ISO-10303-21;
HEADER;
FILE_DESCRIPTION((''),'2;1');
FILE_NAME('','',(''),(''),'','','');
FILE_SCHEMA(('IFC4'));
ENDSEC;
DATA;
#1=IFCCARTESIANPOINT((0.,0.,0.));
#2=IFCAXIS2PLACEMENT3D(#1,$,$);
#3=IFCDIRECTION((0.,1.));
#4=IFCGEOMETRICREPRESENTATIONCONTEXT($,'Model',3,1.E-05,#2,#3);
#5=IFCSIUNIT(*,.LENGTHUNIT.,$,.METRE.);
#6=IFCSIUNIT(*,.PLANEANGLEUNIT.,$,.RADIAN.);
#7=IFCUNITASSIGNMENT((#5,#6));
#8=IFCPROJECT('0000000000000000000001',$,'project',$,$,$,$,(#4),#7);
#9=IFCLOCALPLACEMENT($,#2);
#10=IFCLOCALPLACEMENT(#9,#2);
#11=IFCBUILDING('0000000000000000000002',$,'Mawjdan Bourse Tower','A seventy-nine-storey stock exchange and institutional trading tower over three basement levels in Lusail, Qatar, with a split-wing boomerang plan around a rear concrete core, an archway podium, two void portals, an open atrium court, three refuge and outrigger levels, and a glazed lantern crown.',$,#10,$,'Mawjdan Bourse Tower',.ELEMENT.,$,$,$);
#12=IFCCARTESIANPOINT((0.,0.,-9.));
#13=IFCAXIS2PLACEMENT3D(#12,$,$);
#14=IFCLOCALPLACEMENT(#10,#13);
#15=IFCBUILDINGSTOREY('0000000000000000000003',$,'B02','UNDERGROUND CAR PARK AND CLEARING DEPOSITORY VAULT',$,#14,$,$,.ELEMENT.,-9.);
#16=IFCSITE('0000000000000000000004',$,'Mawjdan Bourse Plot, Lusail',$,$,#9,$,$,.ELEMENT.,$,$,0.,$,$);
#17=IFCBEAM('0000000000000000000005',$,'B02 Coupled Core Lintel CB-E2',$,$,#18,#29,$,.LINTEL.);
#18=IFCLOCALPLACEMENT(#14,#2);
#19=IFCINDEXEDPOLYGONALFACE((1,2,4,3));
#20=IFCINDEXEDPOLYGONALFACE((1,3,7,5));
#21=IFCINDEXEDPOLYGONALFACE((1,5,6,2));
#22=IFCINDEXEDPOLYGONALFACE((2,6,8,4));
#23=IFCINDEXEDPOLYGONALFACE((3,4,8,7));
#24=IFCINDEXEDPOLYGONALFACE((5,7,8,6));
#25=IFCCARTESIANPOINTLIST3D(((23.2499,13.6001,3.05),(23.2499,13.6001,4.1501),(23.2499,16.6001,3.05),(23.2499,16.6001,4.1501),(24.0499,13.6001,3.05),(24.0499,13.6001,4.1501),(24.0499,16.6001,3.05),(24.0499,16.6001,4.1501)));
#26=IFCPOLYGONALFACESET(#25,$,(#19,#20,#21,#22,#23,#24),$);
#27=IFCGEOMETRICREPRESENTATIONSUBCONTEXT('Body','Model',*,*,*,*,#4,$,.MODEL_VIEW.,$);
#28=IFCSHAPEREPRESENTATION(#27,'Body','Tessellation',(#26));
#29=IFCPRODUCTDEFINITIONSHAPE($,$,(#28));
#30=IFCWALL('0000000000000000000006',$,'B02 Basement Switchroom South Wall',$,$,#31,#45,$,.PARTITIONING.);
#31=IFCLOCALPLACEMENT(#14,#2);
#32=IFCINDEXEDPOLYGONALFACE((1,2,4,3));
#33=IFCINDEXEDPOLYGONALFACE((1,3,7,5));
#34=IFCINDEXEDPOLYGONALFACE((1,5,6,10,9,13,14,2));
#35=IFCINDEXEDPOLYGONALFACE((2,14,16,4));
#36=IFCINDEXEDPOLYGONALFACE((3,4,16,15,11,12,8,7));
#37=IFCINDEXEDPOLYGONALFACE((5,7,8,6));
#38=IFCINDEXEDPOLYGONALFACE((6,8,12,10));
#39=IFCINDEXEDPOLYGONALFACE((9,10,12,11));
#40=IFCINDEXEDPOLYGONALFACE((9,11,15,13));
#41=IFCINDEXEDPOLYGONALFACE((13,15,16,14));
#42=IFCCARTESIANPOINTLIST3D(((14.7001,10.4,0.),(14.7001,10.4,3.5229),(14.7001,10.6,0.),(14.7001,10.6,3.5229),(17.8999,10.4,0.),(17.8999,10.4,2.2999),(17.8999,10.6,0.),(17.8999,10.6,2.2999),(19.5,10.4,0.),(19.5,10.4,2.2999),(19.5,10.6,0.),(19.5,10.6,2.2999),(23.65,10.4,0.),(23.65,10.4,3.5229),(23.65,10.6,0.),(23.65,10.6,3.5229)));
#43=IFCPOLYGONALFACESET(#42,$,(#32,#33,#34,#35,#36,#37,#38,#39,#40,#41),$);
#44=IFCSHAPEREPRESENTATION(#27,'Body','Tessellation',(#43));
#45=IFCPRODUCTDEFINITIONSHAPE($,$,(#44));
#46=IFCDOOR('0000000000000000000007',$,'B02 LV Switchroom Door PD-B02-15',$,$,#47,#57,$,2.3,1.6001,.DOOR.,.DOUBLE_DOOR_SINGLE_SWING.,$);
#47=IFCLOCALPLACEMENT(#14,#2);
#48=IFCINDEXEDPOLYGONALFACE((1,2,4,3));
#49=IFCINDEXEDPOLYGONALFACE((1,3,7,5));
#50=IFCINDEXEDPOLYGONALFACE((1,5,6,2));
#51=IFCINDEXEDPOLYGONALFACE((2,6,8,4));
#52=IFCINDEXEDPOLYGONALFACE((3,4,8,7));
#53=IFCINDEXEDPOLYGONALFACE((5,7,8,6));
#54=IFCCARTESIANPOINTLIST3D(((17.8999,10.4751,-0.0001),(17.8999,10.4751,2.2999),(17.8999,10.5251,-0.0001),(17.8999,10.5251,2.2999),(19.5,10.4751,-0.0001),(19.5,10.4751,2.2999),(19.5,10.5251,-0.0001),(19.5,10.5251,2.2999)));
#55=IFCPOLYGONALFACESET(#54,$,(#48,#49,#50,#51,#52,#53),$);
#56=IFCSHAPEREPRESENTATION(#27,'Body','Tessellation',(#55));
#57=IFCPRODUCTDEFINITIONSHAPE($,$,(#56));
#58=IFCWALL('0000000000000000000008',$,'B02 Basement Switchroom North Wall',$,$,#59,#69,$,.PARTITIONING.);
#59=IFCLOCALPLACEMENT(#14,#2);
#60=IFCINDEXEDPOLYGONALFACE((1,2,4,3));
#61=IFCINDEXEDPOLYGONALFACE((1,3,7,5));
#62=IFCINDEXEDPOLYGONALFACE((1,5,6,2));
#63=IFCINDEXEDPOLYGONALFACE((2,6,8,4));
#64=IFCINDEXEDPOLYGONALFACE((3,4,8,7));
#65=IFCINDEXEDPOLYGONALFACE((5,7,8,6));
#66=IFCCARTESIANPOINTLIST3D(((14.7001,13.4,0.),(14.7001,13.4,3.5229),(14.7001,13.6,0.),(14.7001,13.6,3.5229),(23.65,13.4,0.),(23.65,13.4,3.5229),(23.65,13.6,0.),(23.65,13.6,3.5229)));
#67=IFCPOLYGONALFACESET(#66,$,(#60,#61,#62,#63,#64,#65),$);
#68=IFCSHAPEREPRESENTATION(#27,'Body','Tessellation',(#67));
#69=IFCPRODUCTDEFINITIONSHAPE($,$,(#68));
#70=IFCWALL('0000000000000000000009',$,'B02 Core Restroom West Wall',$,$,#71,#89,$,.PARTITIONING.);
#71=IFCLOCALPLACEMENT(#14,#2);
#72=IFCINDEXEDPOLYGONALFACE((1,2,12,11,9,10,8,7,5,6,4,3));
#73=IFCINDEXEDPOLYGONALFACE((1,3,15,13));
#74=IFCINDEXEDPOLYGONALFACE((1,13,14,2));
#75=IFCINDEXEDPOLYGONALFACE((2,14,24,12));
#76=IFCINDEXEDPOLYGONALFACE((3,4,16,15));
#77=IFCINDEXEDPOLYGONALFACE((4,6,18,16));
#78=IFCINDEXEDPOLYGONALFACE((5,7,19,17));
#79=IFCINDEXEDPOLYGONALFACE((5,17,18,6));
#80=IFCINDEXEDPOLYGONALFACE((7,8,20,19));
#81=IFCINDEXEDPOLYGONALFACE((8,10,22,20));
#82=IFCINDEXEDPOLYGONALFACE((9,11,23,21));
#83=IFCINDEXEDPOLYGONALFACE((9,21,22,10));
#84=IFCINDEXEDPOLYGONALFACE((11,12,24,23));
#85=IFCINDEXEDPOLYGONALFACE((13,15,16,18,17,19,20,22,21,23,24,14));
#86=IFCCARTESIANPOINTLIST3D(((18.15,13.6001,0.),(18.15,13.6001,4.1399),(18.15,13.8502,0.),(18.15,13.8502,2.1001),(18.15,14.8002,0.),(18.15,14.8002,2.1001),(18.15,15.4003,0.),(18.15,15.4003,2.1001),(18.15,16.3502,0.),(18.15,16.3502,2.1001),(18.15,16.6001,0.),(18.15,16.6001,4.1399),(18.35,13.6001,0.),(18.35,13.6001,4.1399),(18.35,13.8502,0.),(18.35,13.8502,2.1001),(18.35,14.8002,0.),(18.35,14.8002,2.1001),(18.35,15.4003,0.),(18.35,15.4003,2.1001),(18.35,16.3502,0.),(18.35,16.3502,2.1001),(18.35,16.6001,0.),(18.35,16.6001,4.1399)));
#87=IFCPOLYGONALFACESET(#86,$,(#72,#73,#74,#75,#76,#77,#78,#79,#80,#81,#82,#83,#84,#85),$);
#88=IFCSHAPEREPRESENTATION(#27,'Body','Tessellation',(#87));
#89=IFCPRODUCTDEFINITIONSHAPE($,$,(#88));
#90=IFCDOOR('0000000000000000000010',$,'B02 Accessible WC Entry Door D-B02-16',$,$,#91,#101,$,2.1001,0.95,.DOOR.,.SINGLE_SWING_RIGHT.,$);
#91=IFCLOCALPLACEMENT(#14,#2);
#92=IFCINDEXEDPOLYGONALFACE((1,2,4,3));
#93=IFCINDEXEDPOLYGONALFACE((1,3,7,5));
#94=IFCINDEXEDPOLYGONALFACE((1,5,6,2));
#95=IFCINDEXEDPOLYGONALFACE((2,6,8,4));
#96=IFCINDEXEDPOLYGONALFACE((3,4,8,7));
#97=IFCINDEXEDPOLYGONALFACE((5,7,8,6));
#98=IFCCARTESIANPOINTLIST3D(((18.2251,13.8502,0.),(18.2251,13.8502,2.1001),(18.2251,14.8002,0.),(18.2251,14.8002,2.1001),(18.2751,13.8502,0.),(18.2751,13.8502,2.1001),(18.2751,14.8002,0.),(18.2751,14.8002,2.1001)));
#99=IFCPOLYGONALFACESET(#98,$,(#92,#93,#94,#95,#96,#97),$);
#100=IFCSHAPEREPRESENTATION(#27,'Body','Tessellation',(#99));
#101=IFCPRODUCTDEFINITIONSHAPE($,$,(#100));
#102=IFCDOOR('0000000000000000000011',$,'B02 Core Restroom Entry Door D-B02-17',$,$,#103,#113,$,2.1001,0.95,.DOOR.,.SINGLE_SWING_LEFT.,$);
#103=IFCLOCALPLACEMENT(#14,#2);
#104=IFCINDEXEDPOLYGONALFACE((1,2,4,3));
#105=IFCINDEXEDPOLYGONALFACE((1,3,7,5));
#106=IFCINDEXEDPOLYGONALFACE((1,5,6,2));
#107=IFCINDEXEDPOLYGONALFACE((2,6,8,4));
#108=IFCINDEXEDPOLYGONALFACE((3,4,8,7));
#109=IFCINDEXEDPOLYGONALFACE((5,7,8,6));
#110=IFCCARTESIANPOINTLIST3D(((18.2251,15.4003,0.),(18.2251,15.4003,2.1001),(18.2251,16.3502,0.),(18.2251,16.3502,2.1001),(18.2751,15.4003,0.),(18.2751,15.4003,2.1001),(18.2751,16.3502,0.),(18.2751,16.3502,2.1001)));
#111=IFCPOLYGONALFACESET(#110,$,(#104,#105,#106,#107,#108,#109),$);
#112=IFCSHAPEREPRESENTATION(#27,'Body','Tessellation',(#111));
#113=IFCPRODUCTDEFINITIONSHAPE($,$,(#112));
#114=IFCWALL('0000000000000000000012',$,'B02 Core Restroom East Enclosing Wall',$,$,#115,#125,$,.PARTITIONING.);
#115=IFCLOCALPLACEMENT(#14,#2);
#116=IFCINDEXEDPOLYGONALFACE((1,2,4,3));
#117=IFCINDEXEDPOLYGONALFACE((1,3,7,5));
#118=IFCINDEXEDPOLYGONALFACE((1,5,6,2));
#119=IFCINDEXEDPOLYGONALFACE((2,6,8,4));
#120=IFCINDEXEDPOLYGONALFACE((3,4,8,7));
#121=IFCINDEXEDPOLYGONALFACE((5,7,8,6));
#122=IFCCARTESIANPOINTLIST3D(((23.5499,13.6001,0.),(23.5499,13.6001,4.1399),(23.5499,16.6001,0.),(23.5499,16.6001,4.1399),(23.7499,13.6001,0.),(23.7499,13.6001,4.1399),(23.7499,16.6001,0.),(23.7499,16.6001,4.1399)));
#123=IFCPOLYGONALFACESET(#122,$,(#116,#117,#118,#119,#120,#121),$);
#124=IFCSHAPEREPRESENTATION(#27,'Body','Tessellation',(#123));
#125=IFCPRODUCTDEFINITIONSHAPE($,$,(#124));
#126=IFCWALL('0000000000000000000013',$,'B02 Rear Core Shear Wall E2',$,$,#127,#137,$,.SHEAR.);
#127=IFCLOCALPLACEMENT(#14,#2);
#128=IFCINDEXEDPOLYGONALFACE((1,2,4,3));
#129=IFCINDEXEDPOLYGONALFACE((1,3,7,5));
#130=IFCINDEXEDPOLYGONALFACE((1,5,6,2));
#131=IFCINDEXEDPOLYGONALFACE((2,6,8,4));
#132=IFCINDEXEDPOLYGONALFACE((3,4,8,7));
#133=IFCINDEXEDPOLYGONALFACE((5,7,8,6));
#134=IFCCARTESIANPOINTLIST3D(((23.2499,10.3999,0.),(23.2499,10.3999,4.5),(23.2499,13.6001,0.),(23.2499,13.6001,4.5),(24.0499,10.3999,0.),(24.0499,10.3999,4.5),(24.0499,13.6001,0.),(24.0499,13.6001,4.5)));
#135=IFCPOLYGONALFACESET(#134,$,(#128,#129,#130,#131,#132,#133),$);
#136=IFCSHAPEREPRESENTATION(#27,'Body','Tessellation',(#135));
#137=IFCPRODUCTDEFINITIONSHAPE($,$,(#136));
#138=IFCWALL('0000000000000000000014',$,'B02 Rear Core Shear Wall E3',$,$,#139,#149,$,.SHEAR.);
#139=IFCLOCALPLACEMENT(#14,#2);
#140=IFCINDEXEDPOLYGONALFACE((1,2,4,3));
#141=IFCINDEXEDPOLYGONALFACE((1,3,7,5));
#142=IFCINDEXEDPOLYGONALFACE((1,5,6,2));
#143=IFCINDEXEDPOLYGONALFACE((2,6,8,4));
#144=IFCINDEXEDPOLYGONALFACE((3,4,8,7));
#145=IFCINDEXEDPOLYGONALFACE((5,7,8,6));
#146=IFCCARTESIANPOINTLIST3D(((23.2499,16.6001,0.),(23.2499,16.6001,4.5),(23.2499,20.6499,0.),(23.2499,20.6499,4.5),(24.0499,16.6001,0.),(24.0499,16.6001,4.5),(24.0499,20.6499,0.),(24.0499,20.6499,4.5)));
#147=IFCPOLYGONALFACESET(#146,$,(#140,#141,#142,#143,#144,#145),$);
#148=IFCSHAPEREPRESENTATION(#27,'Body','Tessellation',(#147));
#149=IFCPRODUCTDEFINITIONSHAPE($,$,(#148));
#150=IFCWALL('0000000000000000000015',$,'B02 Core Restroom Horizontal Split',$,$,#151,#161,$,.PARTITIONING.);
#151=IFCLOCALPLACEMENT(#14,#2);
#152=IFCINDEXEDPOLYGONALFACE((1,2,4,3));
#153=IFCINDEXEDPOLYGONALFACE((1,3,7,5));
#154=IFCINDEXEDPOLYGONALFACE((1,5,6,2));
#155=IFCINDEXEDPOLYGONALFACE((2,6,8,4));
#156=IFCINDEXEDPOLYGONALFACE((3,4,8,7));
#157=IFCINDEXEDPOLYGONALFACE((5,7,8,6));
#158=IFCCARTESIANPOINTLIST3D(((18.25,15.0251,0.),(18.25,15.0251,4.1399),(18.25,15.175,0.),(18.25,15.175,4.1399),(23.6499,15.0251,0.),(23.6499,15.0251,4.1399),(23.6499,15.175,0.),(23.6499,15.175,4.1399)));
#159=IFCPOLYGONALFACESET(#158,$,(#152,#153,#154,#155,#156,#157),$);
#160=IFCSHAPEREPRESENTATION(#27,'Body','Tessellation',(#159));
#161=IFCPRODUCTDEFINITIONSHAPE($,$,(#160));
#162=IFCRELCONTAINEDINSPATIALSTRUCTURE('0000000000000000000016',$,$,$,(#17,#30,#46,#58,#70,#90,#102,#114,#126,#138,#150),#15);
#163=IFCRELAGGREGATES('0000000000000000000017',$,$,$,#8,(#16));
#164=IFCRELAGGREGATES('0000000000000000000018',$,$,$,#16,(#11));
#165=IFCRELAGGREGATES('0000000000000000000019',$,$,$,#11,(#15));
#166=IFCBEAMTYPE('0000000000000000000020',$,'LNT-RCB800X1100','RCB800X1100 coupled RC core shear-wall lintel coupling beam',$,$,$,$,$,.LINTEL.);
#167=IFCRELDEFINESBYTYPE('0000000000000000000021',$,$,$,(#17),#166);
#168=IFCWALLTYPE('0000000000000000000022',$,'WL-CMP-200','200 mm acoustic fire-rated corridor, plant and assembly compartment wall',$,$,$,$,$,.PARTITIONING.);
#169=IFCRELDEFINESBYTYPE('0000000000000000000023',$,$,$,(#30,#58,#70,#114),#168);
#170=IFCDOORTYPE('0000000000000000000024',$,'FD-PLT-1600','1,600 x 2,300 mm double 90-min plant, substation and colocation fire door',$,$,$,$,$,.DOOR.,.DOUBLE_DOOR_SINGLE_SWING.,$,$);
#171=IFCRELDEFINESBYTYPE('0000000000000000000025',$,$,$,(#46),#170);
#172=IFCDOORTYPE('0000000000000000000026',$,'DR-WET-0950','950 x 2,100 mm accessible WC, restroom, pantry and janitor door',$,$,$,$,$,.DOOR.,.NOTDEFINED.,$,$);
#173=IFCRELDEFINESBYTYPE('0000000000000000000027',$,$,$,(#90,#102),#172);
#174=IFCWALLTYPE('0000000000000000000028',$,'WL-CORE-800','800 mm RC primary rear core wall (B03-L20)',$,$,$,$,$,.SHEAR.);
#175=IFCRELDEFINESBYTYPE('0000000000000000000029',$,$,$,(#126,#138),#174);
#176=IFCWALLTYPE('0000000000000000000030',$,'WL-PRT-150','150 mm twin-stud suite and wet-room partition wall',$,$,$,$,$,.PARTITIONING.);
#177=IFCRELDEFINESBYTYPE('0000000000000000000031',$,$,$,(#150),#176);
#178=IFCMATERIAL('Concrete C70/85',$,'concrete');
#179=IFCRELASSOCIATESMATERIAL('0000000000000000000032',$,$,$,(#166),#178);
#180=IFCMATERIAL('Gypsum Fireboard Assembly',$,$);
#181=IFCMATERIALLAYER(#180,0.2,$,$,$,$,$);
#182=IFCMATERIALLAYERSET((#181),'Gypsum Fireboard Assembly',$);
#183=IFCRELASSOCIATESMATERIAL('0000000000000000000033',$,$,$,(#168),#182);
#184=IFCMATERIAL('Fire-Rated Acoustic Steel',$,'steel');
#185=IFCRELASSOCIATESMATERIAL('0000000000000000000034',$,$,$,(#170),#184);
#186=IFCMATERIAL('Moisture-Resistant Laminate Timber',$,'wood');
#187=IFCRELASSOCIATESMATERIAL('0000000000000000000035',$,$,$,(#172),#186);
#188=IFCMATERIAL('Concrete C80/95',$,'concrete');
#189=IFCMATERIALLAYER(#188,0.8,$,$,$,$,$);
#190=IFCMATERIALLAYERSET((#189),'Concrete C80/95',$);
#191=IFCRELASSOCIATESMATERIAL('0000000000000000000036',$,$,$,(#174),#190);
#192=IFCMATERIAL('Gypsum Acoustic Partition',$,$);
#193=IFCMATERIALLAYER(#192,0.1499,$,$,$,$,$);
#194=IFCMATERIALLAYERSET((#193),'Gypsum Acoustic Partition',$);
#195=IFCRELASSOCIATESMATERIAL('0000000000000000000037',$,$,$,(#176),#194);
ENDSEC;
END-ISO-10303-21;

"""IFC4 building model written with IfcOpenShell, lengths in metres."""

from ifc_helpers import new_model, si_unit, direction, frame, frame_2d, origin, origin_2d, place, context, subcontext, project, spatial, rectangle, extrude, material, layer, layer_set, material_profile, profile_set, type_object, element, fill, save


model = new_model("IFC4")

# Units and contexts
model_context = context("Model", 3, precision=1e-05, world=origin(), true_north=direction((0.0, 1.0)))
body_context = subcontext(model_context, "Body", "Model", "MODEL_VIEW")
ifc_project = project(units=[si_unit("LENGTHUNIT", "METRE"), si_unit("PLANEANGLEUNIT", "RADIAN")], contexts=[model_context])

# Site, building, storey
site_placement = place(None, origin())
site = spatial("IfcSite", under=ifc_project, at=site_placement, Name="Mawjdan Bourse Plot, Lusail", CompositionType="ELEMENT", RefElevation=0.0)
building_placement = place(site_placement, origin())
building = spatial("IfcBuilding", under=site, at=building_placement, Name="Mawjdan Bourse Tower", Description="A seventy-nine-storey stock exchange and institutional trading tower over three basement levels in Lusail, Qatar, with a split-wing boomerang plan around a rear concrete core, an archway podium, two void portals, an open atrium court, three refuge and outrigger levels, and a glazed lantern crown.", LongName="Mawjdan Bourse Tower", CompositionType="ELEMENT")
storey_placement = place(building_placement, frame((0.0, 0.0, -9.0)))
storey = spatial("IfcBuildingStorey", under=building, at=storey_placement, Name="B02", Description="UNDERGROUND CAR PARK AND CLEARING DEPOSITORY VAULT", CompositionType="ELEMENT", Elevation=-9.0)

# Beam
ifc_material_1 = material(Name="Concrete C70/85", Category="concrete")
ifc_material_profile_1 = material_profile(ifc_material_1, rectangle(XDim=0.8, YDim=1.1001, at=origin_2d()), Name="RCB800X1100")
ifc_profile_set_1 = profile_set([ifc_material_profile_1], Name="Concrete C70/85")
beam_type_1 = type_object("IfcBeamType", Name="LNT-RCB800X1100", Description="RCB800X1100 coupled RC core shear-wall lintel coupling beam", PredefinedType="LINTEL", material=ifc_profile_set_1)
beam_1_placement = place(storey_placement, frame((23.6499, 13.6001, 3.6001), z_axis=(0.0, 1.0, 0.0), x_axis=(-1.0, 0.0, 0.0)))
element("IfcBeam", 1, at=beam_1_placement, inside=storey, type_object=beam_type_1, Name="B02 Coupled Core Lintel CB-E2", PredefinedType="LINTEL", context=body_context, shape_type="SweptSolid", body=[
    extrude(rectangle(XDim=0.8, YDim=1.1001, at=origin_2d()), origin(), (0.0, 0.0, 1.0), 3.0),
])

# Wall, opening, door
ifc_material_2 = material(Name="Gypsum Fireboard Assembly")
ifc_layer_1 = layer(ifc_material_2, 0.2)
ifc_layer_set_1 = layer_set([ifc_layer_1], Name="Gypsum Fireboard Assembly")
wall_type_1 = type_object("IfcWallType", Name="WL-CMP-200", Description="200 mm acoustic fire-rated corridor, plant and assembly compartment wall", PredefinedType="PARTITIONING", material=ifc_layer_set_1)
wall_1_placement = place(storey_placement, frame((14.7, 10.5, 0.0), z_axis=(0.0, 0.0, 1.0), x_axis=(1.0, 0.0, 0.0)))
wall_1 = element("IfcWall", 2, at=wall_1_placement, inside=storey, type_object=wall_type_1, Name="B02 Basement Switchroom South Wall", PredefinedType="PARTITIONING", context=body_context, shape_type="SweptSolid", body=[
    extrude(rectangle(XDim=8.95, YDim=0.2, at=frame_2d((4.4751, 0.0))), origin(), (0.0, 0.0, 1.0), 3.5229),
])
opening_1_placement = place(wall_1_placement, frame((3.2, 0.0, 0.0)))
opening_1 = element("IfcOpeningElement", 3, at=opening_1_placement, cuts=wall_1, PredefinedType="OPENING", context=body_context, shape_type="SweptSolid", body=[
    extrude(rectangle(XDim=1.6001, YDim=2.3, at=frame_2d((0.8, 1.1499))), frame((0.0, 0.1099, 0.0), z_axis=(0.0, -1.0, 0.0), x_axis=(1.0, 0.0, 0.0)), (0.0, 0.0, 1.0), 0.22),
])
ifc_material_3 = material(Name="Fire-Rated Acoustic Steel", Category="steel")
door_type_1 = type_object("IfcDoorType", Name="FD-PLT-1600", Description="1,600 x 2,300 mm double 90-min plant, substation and colocation fire door", OperationType="DOUBLE_DOOR_SINGLE_SWING", PredefinedType="DOOR", material=ifc_material_3)
door_1_placement = place(opening_1_placement, frame((1.6001, 0.0, 0.0), z_axis=(0.0, 0.0, 1.0), x_axis=(-1.0, 0.0, 0.0)))
door_1 = element("IfcDoor", 4, at=door_1_placement, inside=storey, type_object=door_type_1, Name="B02 LV Switchroom Door PD-B02-15", OperationType="DOUBLE_DOOR_SINGLE_SWING", OverallHeight=2.3, OverallWidth=1.6001, PredefinedType="DOOR", context=body_context, shape_type="SweptSolid", body=[
    extrude(rectangle(XDim=1.6001, YDim=2.3, at=frame_2d((0.8, 1.1499))), frame((0.0, 0.0249, 0.0), z_axis=(0.0, -1.0, 0.0), x_axis=(1.0, 0.0, 0.0)), (0.0, 0.0, 1.0), 0.05),
])
fill(opening_1, door_1)

# Wall
wall_2_placement = place(storey_placement, frame((14.7, 13.5, 0.0), z_axis=(0.0, 0.0, 1.0), x_axis=(1.0, 0.0, 0.0)))
element("IfcWall", 5, at=wall_2_placement, inside=storey, type_object=wall_type_1, Name="B02 Basement Switchroom North Wall", PredefinedType="PARTITIONING", context=body_context, shape_type="SweptSolid", body=[
    extrude(rectangle(XDim=8.95, YDim=0.2, at=frame_2d((4.4751, 0.0))), origin(), (0.0, 0.0, 1.0), 3.5229),
])

# Wall, openings, doors
wall_3_placement = place(storey_placement, frame((18.25, 13.6001, 0.0), z_axis=(0.0, 0.0, 1.0), x_axis=(0.0, 1.0, 0.0)))
wall_3 = element("IfcWall", 6, at=wall_3_placement, inside=storey, type_object=wall_type_1, Name="B02 Core Restroom West Wall", PredefinedType="PARTITIONING", context=body_context, shape_type="SweptSolid", body=[
    extrude(rectangle(XDim=3.0, YDim=0.2, at=frame_2d((1.5, 0.0))), origin(), (0.0, 0.0, 1.0), 4.1399),
])
opening_2_placement = place(wall_3_placement, frame((0.25, 0.0, 0.0)))
opening_2 = element("IfcOpeningElement", 7, at=opening_2_placement, cuts=wall_3, PredefinedType="OPENING", context=body_context, shape_type="SweptSolid", body=[
    extrude(rectangle(XDim=0.95, YDim=2.1001, at=frame_2d((0.4751, 1.05))), frame((0.0, 0.1099, 0.0), z_axis=(0.0, -1.0, 0.0), x_axis=(1.0, 0.0, 0.0)), (0.0, 0.0, 1.0), 0.22),
])
opening_3_placement = place(wall_3_placement, frame((1.8, 0.0, 0.0)))
opening_3 = element("IfcOpeningElement", 8, at=opening_3_placement, cuts=wall_3, PredefinedType="OPENING", context=body_context, shape_type="SweptSolid", body=[
    extrude(rectangle(XDim=0.95, YDim=2.1001, at=frame_2d((0.4751, 1.05))), frame((0.0, 0.1099, 0.0), z_axis=(0.0, -1.0, 0.0), x_axis=(1.0, 0.0, 0.0)), (0.0, 0.0, 1.0), 0.22),
])
ifc_material_4 = material(Name="Moisture-Resistant Laminate Timber", Category="wood")
door_type_2 = type_object("IfcDoorType", Name="DR-WET-0950", Description="950 x 2,100 mm accessible WC, restroom, pantry and janitor door", OperationType="NOTDEFINED", PredefinedType="DOOR", material=ifc_material_4)
door_2_placement = place(opening_2_placement, origin())
door_2 = element("IfcDoor", 9, at=door_2_placement, inside=storey, type_object=door_type_2, Name="B02 Accessible WC Entry Door D-B02-16", OperationType="SINGLE_SWING_RIGHT", OverallHeight=2.1001, OverallWidth=0.95, PredefinedType="DOOR", context=body_context, shape_type="SweptSolid", body=[
    extrude(rectangle(XDim=0.95, YDim=2.1001, at=frame_2d((0.4751, 1.05))), frame((0.0, 0.0249, 0.0), z_axis=(0.0, -1.0, 0.0), x_axis=(1.0, 0.0, 0.0)), (0.0, 0.0, 1.0), 0.05),
])
fill(opening_2, door_2)
door_3_placement = place(opening_3_placement, origin())
door_3 = element("IfcDoor", 10, at=door_3_placement, inside=storey, type_object=door_type_2, Name="B02 Core Restroom Entry Door D-B02-17", OperationType="SINGLE_SWING_LEFT", OverallHeight=2.1001, OverallWidth=0.95, PredefinedType="DOOR", context=body_context, shape_type="SweptSolid", body=[
    extrude(rectangle(XDim=0.95, YDim=2.1001, at=frame_2d((0.4751, 1.05))), frame((0.0, 0.0249, 0.0), z_axis=(0.0, -1.0, 0.0), x_axis=(1.0, 0.0, 0.0)), (0.0, 0.0, 1.0), 0.05),
])
fill(opening_3, door_3)

# Walls
wall_4_placement = place(storey_placement, frame((23.6499, 13.6001, 0.0), z_axis=(0.0, 0.0, 1.0), x_axis=(0.0, 1.0, 0.0)))
element("IfcWall", 11, at=wall_4_placement, inside=storey, type_object=wall_type_1, Name="B02 Core Restroom East Enclosing Wall", PredefinedType="PARTITIONING", context=body_context, shape_type="SweptSolid", body=[
    extrude(rectangle(XDim=3.0, YDim=0.2, at=frame_2d((1.5, 0.0))), origin(), (0.0, 0.0, 1.0), 4.1399),
])
ifc_material_5 = material(Name="Concrete C80/95", Category="concrete")
ifc_layer_2 = layer(ifc_material_5, 0.8)
ifc_layer_set_2 = layer_set([ifc_layer_2], Name="Concrete C80/95")
wall_type_2 = type_object("IfcWallType", Name="WL-CORE-800", Description="800 mm RC primary rear core wall (B03-L20)", PredefinedType="SHEAR", material=ifc_layer_set_2)
wall_5_placement = place(storey_placement, frame((23.6499, 10.3999, 0.0), z_axis=(0.0, 0.0, 1.0), x_axis=(0.0, 1.0, 0.0)))
element("IfcWall", 12, at=wall_5_placement, inside=storey, type_object=wall_type_2, Name="B02 Rear Core Shear Wall E2", PredefinedType="SHEAR", context=body_context, shape_type="SweptSolid", body=[
    extrude(rectangle(XDim=3.2002, YDim=0.8, at=frame_2d((1.6001, 0.0))), origin(), (0.0, 0.0, 1.0), 4.5),
])
wall_6_placement = place(storey_placement, frame((23.6499, 16.6001, 0.0), z_axis=(0.0, 0.0, 1.0), x_axis=(0.0, 1.0, 0.0)))
element("IfcWall", 13, at=wall_6_placement, inside=storey, type_object=wall_type_2, Name="B02 Rear Core Shear Wall E3", PredefinedType="SHEAR", context=body_context, shape_type="SweptSolid", body=[
    extrude(rectangle(XDim=4.0498, YDim=0.8, at=frame_2d((2.0249, 0.0))), origin(), (0.0, 0.0, 1.0), 4.5),
])
ifc_material_6 = material(Name="Gypsum Acoustic Partition")
ifc_layer_3 = layer(ifc_material_6, 0.1499)
ifc_layer_set_3 = layer_set([ifc_layer_3], Name="Gypsum Acoustic Partition")
wall_type_3 = type_object("IfcWallType", Name="WL-PRT-150", Description="150 mm twin-stud suite and wet-room partition wall", PredefinedType="PARTITIONING", material=ifc_layer_set_3)
wall_7_placement = place(storey_placement, frame((18.25, 15.1001, 0.0), z_axis=(0.0, 0.0, 1.0), x_axis=(1.0, 0.0, 0.0)))
element("IfcWall", 14, at=wall_7_placement, inside=storey, type_object=wall_type_3, Name="B02 Core Restroom Horizontal Split", PredefinedType="PARTITIONING", context=body_context, shape_type="SweptSolid", body=[
    extrude(rectangle(XDim=5.3999, YDim=0.1499, at=frame_2d((2.7, 0.0))), origin(), (0.0, 0.0, 1.0), 4.1399),
])

save(model, "model.ifc")
